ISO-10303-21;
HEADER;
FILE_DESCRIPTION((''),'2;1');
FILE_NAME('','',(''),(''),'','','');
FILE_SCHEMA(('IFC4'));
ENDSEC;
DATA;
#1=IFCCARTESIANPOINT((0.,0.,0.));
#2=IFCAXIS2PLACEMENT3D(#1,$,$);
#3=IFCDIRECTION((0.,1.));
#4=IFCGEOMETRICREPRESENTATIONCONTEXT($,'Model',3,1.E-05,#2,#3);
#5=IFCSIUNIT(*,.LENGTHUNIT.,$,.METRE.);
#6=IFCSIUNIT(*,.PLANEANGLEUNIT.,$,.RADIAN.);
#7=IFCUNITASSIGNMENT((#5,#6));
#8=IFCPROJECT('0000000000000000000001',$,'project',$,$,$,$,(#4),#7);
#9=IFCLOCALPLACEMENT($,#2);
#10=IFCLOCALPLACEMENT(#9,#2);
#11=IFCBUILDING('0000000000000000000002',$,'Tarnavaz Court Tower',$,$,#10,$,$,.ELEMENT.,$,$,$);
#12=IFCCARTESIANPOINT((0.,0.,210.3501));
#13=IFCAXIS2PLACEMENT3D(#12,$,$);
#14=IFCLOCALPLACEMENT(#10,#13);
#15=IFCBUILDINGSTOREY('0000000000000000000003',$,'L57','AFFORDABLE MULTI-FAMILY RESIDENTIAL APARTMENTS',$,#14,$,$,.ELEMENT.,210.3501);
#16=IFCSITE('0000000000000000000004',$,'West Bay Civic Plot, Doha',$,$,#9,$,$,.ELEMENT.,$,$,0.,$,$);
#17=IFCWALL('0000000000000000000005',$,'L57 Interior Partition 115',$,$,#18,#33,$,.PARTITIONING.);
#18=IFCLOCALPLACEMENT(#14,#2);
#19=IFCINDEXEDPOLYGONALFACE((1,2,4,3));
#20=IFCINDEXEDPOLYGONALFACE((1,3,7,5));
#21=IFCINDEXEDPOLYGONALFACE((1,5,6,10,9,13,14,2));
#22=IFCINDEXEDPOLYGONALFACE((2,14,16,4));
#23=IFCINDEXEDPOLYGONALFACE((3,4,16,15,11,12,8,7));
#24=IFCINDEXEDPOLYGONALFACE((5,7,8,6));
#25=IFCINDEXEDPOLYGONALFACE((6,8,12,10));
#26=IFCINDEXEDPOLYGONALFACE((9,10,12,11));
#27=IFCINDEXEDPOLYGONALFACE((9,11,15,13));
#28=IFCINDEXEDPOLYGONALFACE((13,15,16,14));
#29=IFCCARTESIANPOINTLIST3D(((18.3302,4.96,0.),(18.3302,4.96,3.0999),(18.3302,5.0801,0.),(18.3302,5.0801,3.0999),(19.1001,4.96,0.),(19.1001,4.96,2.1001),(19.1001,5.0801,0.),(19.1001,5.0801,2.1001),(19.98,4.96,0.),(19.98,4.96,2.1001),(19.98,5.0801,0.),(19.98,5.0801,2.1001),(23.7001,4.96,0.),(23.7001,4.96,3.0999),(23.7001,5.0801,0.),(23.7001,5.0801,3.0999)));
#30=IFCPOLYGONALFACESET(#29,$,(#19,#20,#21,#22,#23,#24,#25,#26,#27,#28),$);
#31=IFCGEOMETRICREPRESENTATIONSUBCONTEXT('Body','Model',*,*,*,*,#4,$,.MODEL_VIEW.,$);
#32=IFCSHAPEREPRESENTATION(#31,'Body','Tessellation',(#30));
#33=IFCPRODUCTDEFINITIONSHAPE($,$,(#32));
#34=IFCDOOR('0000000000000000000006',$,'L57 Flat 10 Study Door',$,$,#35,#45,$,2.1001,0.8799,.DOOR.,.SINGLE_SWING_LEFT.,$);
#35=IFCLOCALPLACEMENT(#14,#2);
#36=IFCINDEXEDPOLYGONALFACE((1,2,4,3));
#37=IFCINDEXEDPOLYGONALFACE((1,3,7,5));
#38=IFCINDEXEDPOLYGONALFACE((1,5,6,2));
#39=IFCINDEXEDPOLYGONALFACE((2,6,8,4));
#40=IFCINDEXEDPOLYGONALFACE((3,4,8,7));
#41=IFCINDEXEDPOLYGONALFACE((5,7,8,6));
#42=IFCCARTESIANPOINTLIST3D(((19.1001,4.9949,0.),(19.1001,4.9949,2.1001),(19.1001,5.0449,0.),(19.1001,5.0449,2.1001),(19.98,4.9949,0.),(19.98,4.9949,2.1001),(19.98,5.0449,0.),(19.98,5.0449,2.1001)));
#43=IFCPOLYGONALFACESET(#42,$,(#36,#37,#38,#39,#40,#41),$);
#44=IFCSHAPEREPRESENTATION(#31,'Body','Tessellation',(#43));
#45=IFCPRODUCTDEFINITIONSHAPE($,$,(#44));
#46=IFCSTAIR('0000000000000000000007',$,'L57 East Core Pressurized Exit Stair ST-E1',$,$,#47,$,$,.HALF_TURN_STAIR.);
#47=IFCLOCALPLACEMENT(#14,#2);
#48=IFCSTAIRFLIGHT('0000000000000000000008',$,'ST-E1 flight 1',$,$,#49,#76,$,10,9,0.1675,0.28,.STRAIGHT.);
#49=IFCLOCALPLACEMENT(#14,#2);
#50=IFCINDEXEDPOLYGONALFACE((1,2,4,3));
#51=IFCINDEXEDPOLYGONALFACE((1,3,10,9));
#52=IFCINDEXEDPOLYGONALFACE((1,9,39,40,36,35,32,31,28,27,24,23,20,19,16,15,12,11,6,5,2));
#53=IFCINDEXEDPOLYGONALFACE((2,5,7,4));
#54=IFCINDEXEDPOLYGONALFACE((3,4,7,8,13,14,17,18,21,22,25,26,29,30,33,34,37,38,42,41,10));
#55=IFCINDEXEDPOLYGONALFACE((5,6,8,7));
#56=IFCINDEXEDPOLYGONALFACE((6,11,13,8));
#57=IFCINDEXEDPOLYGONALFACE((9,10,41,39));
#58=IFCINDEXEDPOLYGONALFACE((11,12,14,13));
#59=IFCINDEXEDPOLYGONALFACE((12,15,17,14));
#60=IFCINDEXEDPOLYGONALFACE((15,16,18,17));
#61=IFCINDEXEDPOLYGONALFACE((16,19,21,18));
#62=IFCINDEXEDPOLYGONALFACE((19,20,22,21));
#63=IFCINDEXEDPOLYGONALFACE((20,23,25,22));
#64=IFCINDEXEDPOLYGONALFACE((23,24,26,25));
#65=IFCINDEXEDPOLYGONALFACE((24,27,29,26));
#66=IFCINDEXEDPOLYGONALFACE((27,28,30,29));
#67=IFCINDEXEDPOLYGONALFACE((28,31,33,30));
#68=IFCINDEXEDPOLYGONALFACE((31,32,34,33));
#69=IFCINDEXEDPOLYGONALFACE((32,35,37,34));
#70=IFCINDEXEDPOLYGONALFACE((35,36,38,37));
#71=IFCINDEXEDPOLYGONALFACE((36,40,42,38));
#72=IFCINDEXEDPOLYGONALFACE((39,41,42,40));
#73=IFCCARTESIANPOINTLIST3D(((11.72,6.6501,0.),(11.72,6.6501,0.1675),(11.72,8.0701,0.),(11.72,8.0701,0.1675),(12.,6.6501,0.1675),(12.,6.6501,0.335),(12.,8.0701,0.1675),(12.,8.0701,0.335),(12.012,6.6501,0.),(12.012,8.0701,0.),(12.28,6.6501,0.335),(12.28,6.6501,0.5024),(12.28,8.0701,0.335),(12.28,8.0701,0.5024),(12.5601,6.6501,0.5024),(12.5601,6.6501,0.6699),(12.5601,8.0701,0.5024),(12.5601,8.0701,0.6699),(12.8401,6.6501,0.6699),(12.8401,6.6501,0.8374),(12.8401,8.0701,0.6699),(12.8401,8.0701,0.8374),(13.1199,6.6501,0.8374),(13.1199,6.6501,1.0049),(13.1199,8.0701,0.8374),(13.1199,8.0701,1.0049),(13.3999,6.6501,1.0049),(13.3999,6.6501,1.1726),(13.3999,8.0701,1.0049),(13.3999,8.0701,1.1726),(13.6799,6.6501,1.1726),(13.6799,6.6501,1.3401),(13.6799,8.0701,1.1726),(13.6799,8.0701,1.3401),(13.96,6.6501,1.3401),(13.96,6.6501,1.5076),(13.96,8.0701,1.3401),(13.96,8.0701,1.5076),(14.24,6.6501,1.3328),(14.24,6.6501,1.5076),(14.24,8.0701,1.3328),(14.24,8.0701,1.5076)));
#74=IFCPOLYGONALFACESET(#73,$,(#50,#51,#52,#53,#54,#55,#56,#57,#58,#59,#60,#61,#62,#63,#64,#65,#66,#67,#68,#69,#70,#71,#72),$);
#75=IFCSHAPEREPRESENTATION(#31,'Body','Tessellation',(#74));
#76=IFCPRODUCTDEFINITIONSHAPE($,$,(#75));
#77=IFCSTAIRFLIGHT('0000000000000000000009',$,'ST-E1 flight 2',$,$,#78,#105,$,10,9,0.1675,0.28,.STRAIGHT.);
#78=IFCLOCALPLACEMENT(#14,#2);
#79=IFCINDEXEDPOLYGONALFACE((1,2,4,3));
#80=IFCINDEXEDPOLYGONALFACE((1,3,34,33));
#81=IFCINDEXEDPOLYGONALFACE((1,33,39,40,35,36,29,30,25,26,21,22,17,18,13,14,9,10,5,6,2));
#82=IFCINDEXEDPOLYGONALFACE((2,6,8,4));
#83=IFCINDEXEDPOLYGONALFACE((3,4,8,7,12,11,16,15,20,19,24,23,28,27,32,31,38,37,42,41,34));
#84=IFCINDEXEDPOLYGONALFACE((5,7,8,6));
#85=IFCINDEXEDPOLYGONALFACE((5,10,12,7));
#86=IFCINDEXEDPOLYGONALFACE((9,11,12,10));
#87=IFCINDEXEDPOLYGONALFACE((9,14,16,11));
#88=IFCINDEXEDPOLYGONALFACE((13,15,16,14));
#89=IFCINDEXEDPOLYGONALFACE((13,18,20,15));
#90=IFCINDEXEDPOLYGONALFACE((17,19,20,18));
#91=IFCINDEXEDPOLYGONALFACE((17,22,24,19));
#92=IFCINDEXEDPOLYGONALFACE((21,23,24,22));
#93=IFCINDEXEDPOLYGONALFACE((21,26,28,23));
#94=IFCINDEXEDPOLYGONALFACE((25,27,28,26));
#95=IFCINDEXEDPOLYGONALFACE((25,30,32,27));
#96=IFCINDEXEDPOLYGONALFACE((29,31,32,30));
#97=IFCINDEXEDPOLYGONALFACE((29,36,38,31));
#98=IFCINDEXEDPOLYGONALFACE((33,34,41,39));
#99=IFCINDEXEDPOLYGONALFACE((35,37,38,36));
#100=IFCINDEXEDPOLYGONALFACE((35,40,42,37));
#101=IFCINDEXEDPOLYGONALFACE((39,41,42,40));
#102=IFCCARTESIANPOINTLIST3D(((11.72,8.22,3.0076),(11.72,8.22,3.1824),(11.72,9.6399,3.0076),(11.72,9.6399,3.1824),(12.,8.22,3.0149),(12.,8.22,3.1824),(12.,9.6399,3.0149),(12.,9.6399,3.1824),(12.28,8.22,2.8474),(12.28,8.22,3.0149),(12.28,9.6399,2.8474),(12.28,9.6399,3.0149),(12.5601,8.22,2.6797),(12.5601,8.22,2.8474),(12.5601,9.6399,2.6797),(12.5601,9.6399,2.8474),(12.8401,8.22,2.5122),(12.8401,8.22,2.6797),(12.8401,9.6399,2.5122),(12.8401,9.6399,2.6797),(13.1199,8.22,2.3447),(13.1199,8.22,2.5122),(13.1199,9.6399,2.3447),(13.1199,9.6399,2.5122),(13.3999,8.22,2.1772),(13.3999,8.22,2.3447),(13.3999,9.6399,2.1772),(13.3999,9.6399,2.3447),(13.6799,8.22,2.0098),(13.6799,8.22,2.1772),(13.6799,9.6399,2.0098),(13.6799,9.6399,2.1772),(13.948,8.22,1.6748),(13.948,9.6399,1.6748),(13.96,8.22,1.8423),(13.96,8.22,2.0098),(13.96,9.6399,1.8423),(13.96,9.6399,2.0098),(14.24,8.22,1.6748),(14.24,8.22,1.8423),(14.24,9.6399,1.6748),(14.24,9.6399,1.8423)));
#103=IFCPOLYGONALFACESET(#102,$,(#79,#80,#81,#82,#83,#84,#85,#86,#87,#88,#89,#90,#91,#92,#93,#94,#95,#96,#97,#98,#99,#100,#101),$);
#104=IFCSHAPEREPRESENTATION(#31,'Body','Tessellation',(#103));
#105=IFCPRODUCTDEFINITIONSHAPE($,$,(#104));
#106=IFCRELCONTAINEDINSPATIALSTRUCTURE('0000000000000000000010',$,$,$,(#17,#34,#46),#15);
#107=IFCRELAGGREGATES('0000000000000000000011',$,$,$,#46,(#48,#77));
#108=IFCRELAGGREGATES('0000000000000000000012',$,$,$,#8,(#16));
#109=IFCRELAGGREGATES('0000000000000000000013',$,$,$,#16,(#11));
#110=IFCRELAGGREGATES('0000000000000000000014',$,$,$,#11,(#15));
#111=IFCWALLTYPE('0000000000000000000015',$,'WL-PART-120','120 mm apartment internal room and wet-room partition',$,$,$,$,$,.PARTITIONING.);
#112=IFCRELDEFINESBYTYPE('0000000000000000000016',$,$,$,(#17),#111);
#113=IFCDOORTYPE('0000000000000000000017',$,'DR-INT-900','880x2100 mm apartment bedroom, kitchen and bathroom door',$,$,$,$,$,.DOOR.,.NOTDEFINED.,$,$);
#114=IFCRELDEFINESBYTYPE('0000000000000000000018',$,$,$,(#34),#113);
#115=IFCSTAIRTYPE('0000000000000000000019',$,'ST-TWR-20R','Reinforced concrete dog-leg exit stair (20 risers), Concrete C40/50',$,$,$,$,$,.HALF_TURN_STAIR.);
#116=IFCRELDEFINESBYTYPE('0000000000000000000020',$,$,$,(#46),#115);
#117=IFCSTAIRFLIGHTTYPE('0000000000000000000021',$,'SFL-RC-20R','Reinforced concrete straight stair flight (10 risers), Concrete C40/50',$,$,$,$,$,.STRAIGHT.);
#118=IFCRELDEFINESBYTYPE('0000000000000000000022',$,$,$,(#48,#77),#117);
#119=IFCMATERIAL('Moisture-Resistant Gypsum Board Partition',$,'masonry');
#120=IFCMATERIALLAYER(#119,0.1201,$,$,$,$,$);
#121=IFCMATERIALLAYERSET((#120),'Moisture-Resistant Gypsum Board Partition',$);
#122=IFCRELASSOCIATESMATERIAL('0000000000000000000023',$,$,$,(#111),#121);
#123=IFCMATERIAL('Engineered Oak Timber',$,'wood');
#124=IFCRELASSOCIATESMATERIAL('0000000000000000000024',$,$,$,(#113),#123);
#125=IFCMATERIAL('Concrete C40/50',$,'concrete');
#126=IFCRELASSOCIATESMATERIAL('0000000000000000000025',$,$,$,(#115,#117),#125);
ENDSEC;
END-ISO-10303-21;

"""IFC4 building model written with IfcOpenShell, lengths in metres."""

from ifc_helpers import new_model, si_unit, direction, frame, frame_2d, origin, place, context, subcontext, project, spatial, polyline, rectangle, outline, extrude, material, layer, layer_set, type_object, element, fill, aggregate, save


model = new_model("IFC4")

# Units and contexts
model_context = context("Model", 3, precision=1e-05, world=origin(), true_north=direction((0.0, 1.0)))
body_context = subcontext(model_context, "Body", "Model", "MODEL_VIEW")
ifc_project = project(units=[si_unit("LENGTHUNIT", "METRE"), si_unit("PLANEANGLEUNIT", "RADIAN")], contexts=[model_context])

# Site, building, storey
site_placement = place(None, origin())
site = spatial("IfcSite", under=ifc_project, at=site_placement, Name="West Bay Civic Plot, Doha", CompositionType="ELEMENT", RefElevation=0.0)
building_placement = place(site_placement, origin())
building = spatial("IfcBuilding", under=site, at=building_placement, Name="Tarnavaz Court Tower", CompositionType="ELEMENT")
storey_placement = place(building_placement, frame((0.0, 0.0, 210.3501)))
storey = spatial("IfcBuildingStorey", under=building, at=storey_placement, Name="L57", Description="AFFORDABLE MULTI-FAMILY RESIDENTIAL APARTMENTS", CompositionType="ELEMENT", Elevation=210.3501)

# Wall, opening, door
ifc_material_1 = material(Name="Moisture-Resistant Gypsum Board Partition", Category="masonry")
ifc_layer_1 = layer(ifc_material_1, 0.1201)
ifc_layer_set_1 = layer_set([ifc_layer_1], Name="Moisture-Resistant Gypsum Board Partition")
wall_type_1 = type_object("IfcWallType", Name="WL-PART-120", Description="120 mm apartment internal room and wet-room partition", PredefinedType="PARTITIONING", material=ifc_layer_set_1)
wall_1_placement = place(storey_placement, frame((18.3301, 5.02, 0.0), z_axis=(0.0, 0.0, 1.0), x_axis=(1.0, 0.0, 0.0)))
wall_1 = element("IfcWall", 1, at=wall_1_placement, inside=storey, type_object=wall_type_1, Name="L57 Interior Partition 115", PredefinedType="PARTITIONING", context=body_context, shape_type="SweptSolid", body=[
    extrude(rectangle(XDim=5.3699, YDim=0.1201, at=frame_2d((2.6851, 0.0))), origin(), (0.0, 0.0, 1.0), 3.0999),
])
opening_1_placement = place(wall_1_placement, frame((0.77, 0.0, 0.0)))
opening_1 = element("IfcOpeningElement", 2, at=opening_1_placement, cuts=wall_1, PredefinedType="OPENING", context=body_context, shape_type="SweptSolid", body=[
    extrude(rectangle(XDim=0.8799, YDim=2.1001, at=frame_2d((0.4399, 1.05))), frame((0.0, 0.0701, 0.0), z_axis=(0.0, -1.0, 0.0), x_axis=(1.0, 0.0, 0.0)), (0.0, 0.0, 1.0), 0.1401),
])
ifc_material_2 = material(Name="Engineered Oak Timber", Category="wood")
door_type_1 = type_object("IfcDoorType", Name="DR-INT-900", Description="880x2100 mm apartment bedroom, kitchen and bathroom door", OperationType="NOTDEFINED", PredefinedType="DOOR", material=ifc_material_2)
door_1_placement = place(opening_1_placement, origin())
door_1 = element("IfcDoor", 3, at=door_1_placement, inside=storey, type_object=door_type_1, Name="L57 Flat 10 Study Door", OperationType="SINGLE_SWING_LEFT", OverallHeight=2.1001, OverallWidth=0.8799, PredefinedType="DOOR", context=body_context, shape_type="SweptSolid", body=[
    extrude(rectangle(XDim=0.8799, YDim=2.1001, at=frame_2d((0.4399, 1.05))), frame((0.0, 0.0249, 0.0), z_axis=(0.0, -1.0, 0.0), x_axis=(1.0, 0.0, 0.0)), (0.0, 0.0, 1.0), 0.05),
])
fill(opening_1, door_1)

# Stair, stair flights
ifc_material_3 = material(Name="Concrete C40/50", Category="concrete")
stair_type = type_object("IfcStairType", Name="ST-TWR-20R", Description="Reinforced concrete dog-leg exit stair (20 risers), Concrete C40/50", PredefinedType="HALF_TURN_STAIR", material=ifc_material_3)
stair_placement = place(storey_placement, origin())
stair = element("IfcStair", 4, at=stair_placement, inside=storey, type_object=stair_type, Name="L57 East Core Pressurized Exit Stair ST-E1", PredefinedType="HALF_TURN_STAIR")
stair_flight_type = type_object("IfcStairFlightType", Name="SFL-RC-20R", Description="Reinforced concrete straight stair flight (10 risers), Concrete C40/50", PredefinedType="STRAIGHT", material=ifc_material_3)
stair_flight_1_placement = place(storey_placement, frame((11.72, 7.3601, 0.0), z_axis=(0.0, 0.0, 1.0), x_axis=(1.0, 0.0, 0.0)))
stair_flight_1 = element("IfcStairFlight", 5, at=stair_flight_1_placement, type_object=stair_flight_type, Name="ST-E1 flight 1", NumberOfRisers=10, NumberOfTreads=9, PredefinedType="STRAIGHT", RiserHeight=0.1675, TreadLength=0.28, context=body_context, shape_type="SweptSolid", body=[
    extrude(outline(polyline([(0.0, 0.0), (0.0, 0.1675), (0.28, 0.1675), (0.28, 0.335), (0.5601, 0.335), (0.5601, 0.5024), (0.8401, 0.5024), (0.8401, 0.6699), (1.1201, 0.6699), (1.1201, 0.8374), (1.3999, 0.8374), (1.3999, 1.0049), (1.6799, 1.0049), (1.6799, 1.1726), (1.96, 1.1726), (1.96, 1.3401), (2.24, 1.3401), (2.24, 1.5076), (2.52, 1.5076), (2.52, 1.675), (2.52, 1.3328), (0.292, 0.0), (0.0, 0.0)])), frame((0.0, 0.71, 0.0), z_axis=(0.0, -1.0, 0.0), x_axis=(1.0, 0.0, 0.0)), (0.0, 0.0, 1.0), 1.4199),
])
stair_flight_2_placement = place(storey_placement, frame((14.24, 8.9299, 1.6748), z_axis=(0.0, 0.0, 1.0), x_axis=(-1.0, 0.0, 0.0)))
stair_flight_2 = element("IfcStairFlight", 6, at=stair_flight_2_placement, type_object=stair_flight_type, Name="ST-E1 flight 2", NumberOfRisers=10, NumberOfTreads=9, PredefinedType="STRAIGHT", RiserHeight=0.1675, TreadLength=0.28, context=body_context, shape_type="SweptSolid", body=[
    extrude(outline(polyline([(0.0, 0.0), (0.0, 0.1675), (0.28, 0.1675), (0.28, 0.335), (0.5601, 0.335), (0.5601, 0.5024), (0.8401, 0.5024), (0.8401, 0.6699), (1.1201, 0.6699), (1.1201, 0.8374), (1.3999, 0.8374), (1.3999, 1.0049), (1.6799, 1.0049), (1.6799, 1.1726), (1.96, 1.1726), (1.96, 1.3401), (2.24, 1.3401), (2.24, 1.5076), (2.52, 1.5076), (2.52, 1.675), (2.52, 1.3328), (0.292, 0.0), (0.0, 0.0)])), frame((0.0, 0.71, 0.0), z_axis=(0.0, -1.0, 0.0), x_axis=(1.0, 0.0, 0.0)), (0.0, 0.0, 1.0), 1.4199),
])
aggregate(stair, [stair_flight_1, stair_flight_2])

save(model, "model.ifc")
